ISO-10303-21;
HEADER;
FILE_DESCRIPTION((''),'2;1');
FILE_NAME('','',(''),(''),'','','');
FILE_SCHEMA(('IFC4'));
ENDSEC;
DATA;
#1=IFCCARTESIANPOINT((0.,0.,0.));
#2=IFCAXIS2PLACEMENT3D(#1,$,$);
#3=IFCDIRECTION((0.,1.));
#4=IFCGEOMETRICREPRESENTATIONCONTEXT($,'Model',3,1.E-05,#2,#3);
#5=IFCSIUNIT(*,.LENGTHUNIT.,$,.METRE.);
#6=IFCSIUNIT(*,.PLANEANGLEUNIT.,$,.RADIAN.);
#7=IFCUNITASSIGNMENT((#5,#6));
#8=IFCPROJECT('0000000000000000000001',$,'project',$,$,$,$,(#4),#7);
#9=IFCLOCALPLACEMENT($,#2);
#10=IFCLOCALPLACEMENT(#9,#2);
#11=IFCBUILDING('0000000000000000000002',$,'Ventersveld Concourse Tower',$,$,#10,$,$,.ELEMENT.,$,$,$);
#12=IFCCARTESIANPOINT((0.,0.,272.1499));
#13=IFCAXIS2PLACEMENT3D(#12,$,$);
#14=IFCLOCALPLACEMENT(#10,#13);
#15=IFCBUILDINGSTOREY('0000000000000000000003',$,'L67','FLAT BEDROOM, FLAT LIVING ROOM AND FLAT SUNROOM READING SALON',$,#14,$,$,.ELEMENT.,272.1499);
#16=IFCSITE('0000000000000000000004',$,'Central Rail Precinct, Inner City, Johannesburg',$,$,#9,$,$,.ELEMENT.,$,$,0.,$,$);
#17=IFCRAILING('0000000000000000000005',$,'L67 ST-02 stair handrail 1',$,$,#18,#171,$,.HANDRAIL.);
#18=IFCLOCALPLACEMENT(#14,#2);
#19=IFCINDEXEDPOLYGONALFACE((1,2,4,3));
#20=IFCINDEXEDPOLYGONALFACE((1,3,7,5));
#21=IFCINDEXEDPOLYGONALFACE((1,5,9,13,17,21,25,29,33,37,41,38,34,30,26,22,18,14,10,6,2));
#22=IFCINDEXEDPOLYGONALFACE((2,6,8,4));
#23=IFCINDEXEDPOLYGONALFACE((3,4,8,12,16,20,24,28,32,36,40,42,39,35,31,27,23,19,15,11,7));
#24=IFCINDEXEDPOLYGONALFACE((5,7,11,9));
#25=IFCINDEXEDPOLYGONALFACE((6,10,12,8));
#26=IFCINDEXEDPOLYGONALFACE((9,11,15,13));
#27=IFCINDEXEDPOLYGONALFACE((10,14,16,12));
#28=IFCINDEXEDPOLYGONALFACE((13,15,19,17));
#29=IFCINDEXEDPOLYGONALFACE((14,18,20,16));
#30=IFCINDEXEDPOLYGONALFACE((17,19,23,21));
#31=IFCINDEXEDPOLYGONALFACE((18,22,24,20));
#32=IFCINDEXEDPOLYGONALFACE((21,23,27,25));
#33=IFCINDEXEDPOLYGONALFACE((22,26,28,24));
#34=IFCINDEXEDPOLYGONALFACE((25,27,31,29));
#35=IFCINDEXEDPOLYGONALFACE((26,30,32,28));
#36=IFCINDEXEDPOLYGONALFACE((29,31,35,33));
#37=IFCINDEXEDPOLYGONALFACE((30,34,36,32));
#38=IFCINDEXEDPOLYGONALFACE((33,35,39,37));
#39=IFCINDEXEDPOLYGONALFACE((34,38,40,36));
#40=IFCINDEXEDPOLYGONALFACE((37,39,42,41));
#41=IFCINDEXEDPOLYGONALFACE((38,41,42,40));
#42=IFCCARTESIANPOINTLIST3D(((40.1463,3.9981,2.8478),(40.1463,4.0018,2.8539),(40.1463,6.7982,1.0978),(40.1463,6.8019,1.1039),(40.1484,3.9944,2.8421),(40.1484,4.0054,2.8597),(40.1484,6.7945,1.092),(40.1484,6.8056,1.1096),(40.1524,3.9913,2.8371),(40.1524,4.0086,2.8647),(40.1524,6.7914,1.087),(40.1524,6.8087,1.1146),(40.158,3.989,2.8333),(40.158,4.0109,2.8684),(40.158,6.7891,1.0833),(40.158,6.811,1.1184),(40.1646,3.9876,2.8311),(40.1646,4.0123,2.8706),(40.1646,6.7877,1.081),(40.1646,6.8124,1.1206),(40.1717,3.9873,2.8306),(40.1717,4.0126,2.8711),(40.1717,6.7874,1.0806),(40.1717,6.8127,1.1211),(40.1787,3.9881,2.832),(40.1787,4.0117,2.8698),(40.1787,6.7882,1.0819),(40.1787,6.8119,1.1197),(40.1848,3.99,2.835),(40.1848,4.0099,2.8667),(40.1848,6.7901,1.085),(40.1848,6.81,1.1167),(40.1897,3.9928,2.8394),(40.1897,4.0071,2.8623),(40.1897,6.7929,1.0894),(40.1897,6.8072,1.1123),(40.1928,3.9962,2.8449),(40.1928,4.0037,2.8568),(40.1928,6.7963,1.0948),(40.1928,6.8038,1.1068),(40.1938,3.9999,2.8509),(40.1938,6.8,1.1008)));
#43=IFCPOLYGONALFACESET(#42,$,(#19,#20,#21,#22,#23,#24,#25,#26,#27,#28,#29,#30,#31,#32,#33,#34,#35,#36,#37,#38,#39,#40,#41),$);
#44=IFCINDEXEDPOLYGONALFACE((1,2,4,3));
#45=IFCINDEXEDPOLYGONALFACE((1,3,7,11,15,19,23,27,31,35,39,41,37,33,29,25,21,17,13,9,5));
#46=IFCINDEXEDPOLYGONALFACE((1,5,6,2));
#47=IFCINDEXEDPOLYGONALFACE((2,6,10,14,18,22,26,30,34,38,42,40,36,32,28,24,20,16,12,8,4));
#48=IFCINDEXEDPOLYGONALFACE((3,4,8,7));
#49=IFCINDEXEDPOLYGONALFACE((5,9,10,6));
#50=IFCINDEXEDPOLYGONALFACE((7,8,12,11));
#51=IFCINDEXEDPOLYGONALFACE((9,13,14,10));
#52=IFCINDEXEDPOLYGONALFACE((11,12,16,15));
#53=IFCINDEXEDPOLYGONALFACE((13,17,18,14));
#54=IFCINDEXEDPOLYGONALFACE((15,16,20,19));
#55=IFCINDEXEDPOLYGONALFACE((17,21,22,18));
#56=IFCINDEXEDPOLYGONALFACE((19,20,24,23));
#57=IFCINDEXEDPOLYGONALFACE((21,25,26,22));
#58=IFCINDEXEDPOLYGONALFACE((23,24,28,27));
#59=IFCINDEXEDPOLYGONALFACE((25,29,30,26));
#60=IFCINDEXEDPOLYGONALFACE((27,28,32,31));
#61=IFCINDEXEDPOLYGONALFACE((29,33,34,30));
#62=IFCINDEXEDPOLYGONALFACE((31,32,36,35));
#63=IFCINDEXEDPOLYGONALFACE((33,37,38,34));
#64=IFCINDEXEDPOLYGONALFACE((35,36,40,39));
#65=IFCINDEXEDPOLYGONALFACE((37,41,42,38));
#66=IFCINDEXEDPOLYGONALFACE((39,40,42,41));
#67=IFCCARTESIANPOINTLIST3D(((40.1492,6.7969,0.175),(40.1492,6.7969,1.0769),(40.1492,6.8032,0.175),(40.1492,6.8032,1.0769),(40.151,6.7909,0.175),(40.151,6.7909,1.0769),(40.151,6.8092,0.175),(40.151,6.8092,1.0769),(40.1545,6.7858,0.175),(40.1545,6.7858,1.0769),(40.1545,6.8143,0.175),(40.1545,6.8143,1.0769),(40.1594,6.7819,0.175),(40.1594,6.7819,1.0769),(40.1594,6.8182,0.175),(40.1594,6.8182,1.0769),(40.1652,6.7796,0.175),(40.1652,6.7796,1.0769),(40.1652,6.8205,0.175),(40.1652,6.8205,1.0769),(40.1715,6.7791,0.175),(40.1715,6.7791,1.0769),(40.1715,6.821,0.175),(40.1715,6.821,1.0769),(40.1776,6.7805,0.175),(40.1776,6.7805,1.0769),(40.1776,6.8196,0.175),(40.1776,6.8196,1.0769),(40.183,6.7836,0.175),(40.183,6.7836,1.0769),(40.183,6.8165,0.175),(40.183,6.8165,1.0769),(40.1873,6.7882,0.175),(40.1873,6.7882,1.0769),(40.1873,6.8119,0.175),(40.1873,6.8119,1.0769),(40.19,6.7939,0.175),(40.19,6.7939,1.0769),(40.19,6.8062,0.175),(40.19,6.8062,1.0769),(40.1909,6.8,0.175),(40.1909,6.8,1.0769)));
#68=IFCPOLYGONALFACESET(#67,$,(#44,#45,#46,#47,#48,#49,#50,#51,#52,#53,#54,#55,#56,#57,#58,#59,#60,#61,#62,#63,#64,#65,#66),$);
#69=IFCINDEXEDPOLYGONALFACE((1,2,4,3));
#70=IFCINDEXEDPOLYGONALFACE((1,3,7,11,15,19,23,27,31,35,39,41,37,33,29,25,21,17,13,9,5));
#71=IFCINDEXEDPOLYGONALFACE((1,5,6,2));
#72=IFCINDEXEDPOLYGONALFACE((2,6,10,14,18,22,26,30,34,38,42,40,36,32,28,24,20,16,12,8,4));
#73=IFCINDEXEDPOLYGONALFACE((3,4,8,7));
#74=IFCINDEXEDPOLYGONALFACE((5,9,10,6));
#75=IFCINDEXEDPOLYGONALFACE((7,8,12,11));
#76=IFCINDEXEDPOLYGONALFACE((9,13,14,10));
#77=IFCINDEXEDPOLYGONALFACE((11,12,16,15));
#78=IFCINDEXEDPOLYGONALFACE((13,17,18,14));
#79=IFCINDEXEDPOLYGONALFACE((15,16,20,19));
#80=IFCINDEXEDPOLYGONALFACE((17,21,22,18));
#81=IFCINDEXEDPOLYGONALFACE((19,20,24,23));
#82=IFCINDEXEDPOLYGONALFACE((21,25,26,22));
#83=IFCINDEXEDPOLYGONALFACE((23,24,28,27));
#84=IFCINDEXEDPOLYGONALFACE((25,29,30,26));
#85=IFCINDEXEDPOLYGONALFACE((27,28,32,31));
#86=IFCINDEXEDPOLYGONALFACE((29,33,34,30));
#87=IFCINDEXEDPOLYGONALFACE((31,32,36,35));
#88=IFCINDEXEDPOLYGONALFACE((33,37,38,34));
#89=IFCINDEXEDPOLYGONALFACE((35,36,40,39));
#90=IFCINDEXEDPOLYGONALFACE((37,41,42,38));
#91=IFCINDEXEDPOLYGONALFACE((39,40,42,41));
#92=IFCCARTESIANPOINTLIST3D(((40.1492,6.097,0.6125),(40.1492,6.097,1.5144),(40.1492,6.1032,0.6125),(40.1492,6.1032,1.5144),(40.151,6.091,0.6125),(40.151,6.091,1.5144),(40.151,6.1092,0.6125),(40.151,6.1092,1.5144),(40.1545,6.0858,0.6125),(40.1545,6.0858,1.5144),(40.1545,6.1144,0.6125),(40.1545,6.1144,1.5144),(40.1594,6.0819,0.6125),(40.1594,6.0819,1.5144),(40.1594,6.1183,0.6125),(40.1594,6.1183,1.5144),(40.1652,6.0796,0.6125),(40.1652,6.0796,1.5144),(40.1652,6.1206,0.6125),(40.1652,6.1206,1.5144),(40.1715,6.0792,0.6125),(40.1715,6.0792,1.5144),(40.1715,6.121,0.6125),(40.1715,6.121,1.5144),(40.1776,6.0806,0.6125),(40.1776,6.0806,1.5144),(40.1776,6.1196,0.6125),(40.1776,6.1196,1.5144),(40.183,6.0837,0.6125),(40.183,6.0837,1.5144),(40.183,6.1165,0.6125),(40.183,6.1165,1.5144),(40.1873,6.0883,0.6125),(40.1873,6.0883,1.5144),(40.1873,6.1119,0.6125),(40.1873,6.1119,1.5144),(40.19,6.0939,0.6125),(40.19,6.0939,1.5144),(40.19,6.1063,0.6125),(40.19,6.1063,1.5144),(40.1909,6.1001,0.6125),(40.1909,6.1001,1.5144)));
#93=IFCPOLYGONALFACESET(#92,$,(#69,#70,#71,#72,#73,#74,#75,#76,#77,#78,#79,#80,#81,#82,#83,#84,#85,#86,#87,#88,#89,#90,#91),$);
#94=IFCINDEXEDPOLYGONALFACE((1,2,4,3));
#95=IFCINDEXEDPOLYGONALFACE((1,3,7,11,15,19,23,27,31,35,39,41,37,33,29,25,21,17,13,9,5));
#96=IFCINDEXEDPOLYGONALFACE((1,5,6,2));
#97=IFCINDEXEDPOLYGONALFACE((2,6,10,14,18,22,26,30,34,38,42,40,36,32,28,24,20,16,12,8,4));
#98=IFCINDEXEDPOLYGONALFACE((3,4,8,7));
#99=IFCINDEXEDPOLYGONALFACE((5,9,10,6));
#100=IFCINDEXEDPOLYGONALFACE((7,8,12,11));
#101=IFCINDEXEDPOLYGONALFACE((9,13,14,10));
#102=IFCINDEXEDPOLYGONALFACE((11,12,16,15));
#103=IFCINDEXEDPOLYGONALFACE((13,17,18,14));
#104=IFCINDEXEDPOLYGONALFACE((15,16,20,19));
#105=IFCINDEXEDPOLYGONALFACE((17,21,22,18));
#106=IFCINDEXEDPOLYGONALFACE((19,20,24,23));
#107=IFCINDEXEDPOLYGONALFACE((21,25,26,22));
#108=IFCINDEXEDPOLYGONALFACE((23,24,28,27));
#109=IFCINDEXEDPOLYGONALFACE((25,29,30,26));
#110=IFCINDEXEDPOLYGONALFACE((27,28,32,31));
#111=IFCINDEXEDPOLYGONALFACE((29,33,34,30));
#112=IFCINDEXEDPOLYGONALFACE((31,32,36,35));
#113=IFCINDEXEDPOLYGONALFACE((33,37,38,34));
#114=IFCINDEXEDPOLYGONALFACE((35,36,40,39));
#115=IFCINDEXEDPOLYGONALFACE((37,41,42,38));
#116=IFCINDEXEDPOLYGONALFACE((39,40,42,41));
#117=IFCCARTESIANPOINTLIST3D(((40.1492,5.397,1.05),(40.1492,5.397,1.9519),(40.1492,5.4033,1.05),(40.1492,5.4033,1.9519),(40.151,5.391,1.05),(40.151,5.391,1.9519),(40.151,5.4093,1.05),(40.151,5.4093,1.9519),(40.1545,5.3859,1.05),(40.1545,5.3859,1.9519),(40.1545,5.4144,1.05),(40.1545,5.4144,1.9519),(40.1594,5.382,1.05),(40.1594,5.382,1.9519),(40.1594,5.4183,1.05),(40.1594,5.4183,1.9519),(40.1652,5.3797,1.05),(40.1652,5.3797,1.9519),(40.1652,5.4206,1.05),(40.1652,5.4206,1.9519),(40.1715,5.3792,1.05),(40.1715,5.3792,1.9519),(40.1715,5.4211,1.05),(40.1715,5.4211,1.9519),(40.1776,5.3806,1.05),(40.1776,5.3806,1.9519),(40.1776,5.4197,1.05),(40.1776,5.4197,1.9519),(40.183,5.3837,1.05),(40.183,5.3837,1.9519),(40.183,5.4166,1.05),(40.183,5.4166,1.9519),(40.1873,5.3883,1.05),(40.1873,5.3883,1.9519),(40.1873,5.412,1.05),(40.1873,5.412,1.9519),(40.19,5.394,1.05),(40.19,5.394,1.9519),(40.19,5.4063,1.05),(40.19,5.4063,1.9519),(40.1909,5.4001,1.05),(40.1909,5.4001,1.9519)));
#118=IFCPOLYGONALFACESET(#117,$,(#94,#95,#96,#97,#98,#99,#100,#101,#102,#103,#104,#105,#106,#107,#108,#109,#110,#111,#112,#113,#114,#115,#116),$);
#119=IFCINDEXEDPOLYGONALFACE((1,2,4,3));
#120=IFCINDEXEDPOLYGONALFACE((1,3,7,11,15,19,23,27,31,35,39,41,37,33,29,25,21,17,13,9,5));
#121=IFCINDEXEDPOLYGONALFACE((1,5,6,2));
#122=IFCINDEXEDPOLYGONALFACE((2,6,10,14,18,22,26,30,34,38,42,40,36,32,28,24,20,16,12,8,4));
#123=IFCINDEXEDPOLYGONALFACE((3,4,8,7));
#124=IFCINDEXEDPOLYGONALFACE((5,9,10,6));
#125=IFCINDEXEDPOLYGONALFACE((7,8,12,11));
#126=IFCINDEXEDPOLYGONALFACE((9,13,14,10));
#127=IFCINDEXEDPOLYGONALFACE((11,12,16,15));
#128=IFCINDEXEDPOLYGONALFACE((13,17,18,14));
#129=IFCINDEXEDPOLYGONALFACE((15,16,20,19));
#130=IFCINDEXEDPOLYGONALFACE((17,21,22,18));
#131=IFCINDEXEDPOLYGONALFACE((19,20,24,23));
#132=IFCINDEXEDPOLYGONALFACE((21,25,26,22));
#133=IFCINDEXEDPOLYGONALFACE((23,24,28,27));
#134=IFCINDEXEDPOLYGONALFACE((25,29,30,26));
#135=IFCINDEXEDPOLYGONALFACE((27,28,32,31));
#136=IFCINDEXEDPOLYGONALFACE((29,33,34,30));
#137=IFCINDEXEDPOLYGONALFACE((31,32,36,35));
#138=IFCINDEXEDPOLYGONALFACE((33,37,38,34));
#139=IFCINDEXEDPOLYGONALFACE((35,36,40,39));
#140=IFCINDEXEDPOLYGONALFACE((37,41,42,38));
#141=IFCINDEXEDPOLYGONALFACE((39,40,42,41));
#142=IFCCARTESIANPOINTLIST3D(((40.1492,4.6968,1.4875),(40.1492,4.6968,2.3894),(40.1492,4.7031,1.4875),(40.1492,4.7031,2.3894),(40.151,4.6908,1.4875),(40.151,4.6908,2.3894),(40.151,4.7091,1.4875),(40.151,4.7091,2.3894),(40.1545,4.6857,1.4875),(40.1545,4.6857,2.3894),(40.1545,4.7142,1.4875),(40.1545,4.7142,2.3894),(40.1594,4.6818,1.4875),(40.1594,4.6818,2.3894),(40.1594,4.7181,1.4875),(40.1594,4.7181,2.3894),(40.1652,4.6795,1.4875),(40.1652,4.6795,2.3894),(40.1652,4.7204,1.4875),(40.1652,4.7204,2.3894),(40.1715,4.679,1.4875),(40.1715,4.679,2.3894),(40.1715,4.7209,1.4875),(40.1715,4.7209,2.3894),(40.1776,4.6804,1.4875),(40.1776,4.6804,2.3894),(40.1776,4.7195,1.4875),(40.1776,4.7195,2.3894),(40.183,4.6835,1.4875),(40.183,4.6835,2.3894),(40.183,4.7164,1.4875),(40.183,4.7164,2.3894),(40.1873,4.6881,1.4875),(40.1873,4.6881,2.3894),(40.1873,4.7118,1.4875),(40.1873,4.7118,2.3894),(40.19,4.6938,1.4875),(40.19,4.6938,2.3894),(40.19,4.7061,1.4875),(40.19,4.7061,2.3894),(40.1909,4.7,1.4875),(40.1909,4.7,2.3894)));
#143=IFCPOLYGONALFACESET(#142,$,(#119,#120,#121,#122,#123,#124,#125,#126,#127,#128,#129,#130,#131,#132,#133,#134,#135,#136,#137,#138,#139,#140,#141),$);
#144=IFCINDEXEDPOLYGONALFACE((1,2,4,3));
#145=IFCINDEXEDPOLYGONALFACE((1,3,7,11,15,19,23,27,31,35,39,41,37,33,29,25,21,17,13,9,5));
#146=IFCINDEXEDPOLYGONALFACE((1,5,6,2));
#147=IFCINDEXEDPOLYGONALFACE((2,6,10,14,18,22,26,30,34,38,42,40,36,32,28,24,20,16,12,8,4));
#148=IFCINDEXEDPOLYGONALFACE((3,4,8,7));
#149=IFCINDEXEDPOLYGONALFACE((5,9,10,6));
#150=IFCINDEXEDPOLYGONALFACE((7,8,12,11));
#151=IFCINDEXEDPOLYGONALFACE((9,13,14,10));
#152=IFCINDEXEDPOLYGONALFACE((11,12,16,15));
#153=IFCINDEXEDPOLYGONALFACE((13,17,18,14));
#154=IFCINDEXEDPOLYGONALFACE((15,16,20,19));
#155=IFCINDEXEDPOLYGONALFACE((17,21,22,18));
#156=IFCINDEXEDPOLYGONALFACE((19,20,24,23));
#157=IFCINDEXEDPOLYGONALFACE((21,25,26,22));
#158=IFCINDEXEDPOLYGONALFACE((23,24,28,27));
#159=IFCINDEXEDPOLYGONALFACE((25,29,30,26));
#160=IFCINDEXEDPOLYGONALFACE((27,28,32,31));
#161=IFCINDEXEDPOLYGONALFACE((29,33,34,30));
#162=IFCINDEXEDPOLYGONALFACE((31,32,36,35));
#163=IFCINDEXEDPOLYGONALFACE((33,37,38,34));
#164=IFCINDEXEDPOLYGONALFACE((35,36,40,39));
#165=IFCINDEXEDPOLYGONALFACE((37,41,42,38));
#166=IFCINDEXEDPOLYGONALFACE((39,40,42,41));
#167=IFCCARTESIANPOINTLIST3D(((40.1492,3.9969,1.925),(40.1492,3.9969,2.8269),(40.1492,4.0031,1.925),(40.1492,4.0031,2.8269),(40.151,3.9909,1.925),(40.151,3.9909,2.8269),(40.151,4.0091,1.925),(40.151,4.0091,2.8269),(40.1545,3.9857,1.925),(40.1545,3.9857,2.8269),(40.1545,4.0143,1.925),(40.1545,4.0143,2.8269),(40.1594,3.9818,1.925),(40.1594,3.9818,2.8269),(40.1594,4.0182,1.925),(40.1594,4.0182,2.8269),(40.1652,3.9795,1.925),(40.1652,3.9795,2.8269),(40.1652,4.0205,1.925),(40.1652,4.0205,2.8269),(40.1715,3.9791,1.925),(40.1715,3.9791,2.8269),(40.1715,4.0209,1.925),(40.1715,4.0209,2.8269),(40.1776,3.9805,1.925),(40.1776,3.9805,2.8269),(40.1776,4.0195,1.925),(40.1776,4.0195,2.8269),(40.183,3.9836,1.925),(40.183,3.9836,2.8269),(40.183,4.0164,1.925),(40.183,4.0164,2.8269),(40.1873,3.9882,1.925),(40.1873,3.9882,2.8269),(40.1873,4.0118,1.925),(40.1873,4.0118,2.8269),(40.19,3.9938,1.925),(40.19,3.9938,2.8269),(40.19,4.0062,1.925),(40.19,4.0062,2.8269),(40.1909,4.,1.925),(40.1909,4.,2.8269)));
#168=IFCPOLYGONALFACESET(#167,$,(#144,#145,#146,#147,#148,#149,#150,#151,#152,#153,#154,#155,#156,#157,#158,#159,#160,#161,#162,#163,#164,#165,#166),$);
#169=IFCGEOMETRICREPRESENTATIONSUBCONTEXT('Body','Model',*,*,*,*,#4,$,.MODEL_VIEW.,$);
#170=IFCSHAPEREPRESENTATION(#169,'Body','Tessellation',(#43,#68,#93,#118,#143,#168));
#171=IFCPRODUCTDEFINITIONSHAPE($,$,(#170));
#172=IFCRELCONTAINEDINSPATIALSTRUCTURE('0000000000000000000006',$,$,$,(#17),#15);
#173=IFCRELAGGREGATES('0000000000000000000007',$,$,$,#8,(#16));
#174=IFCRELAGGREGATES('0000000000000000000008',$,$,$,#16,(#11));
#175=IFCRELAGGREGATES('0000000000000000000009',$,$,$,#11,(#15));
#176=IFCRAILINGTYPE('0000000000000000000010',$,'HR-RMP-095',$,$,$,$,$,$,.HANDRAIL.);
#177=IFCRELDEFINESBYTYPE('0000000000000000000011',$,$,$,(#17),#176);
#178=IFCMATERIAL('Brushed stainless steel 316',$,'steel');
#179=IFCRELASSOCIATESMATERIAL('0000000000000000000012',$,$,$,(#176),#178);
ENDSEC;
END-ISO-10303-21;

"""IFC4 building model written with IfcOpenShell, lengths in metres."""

from ifc_helpers import new_model, si_unit, direction, frame, origin, origin_2d, place, context, subcontext, project, spatial, circle, extrude, material, type_object, element, save


model = new_model("IFC4")

# Units and contexts
model_context = context("Model", 3, precision=1e-05, world=origin(), true_north=direction((0.0, 1.0)))
body_context = subcontext(model_context, "Body", "Model", "MODEL_VIEW")
ifc_project = project(units=[si_unit("LENGTHUNIT", "METRE"), si_unit("PLANEANGLEUNIT", "RADIAN")], contexts=[model_context])

# Site, building, storey
site_placement = place(None, origin())
site = spatial("IfcSite", under=ifc_project, at=site_placement, Name="Central Rail Precinct, Inner City, Johannesburg", CompositionType="ELEMENT", RefElevation=0.0)
building_placement = place(site_placement, origin())
building = spatial("IfcBuilding", under=site, at=building_placement, Name="Ventersveld Concourse Tower", CompositionType="ELEMENT")
storey_placement = place(building_placement, frame((0.0, 0.0, 272.1499)))
storey = spatial("IfcBuildingStorey", under=building, at=storey_placement, Name="L67", Description="FLAT BEDROOM, FLAT LIVING ROOM AND FLAT SUNROOM READING SALON", CompositionType="ELEMENT", Elevation=272.1499)

# Railing
ifc_material_1 = material(Name="Brushed stainless steel 316", Category="steel")
railing_type_1 = type_object("IfcRailingType", Name="HR-RMP-095", PredefinedType="HANDRAIL", material=ifc_material_1)
railing_1_placement = place(storey_placement, frame((40.1699, 6.8, 0.175)))
element("IfcRailing", 1, at=railing_1_placement, inside=storey, type_object=railing_type_1, Name="L67 ST-02 stair handrail 1", PredefinedType="HANDRAIL", context=body_context, shape_type="SweptSolid", body=[
    extrude(circle(Radius=0.0239, at=origin_2d()), frame((0.0, 0.0, 0.9258), z_axis=(0.0, -0.848002, 0.529992), x_axis=(1.0, 0.0, 0.0)), (0.0, 0.0, 1.0), 3.302),
    extrude(circle(Radius=0.021, at=origin_2d()), origin(), (0.0, 0.0, 1.0), 0.9019),
    extrude(circle(Radius=0.021, at=origin_2d()), frame((0.0, -0.7, 0.4375)), (0.0, 0.0, 1.0), 0.9019),
    extrude(circle(Radius=0.021, at=origin_2d()), frame((0.0, -1.3999, 0.875)), (0.0, 0.0, 1.0), 0.9019),
    extrude(circle(Radius=0.021, at=origin_2d()), frame((0.0, -2.1001, 1.3125)), (0.0, 0.0, 1.0), 0.9019),
    extrude(circle(Radius=0.021, at=origin_2d()), frame((0.0, -2.8, 1.75)), (0.0, 0.0, 1.0), 0.9019),
])

save(model, "model.ifc")
